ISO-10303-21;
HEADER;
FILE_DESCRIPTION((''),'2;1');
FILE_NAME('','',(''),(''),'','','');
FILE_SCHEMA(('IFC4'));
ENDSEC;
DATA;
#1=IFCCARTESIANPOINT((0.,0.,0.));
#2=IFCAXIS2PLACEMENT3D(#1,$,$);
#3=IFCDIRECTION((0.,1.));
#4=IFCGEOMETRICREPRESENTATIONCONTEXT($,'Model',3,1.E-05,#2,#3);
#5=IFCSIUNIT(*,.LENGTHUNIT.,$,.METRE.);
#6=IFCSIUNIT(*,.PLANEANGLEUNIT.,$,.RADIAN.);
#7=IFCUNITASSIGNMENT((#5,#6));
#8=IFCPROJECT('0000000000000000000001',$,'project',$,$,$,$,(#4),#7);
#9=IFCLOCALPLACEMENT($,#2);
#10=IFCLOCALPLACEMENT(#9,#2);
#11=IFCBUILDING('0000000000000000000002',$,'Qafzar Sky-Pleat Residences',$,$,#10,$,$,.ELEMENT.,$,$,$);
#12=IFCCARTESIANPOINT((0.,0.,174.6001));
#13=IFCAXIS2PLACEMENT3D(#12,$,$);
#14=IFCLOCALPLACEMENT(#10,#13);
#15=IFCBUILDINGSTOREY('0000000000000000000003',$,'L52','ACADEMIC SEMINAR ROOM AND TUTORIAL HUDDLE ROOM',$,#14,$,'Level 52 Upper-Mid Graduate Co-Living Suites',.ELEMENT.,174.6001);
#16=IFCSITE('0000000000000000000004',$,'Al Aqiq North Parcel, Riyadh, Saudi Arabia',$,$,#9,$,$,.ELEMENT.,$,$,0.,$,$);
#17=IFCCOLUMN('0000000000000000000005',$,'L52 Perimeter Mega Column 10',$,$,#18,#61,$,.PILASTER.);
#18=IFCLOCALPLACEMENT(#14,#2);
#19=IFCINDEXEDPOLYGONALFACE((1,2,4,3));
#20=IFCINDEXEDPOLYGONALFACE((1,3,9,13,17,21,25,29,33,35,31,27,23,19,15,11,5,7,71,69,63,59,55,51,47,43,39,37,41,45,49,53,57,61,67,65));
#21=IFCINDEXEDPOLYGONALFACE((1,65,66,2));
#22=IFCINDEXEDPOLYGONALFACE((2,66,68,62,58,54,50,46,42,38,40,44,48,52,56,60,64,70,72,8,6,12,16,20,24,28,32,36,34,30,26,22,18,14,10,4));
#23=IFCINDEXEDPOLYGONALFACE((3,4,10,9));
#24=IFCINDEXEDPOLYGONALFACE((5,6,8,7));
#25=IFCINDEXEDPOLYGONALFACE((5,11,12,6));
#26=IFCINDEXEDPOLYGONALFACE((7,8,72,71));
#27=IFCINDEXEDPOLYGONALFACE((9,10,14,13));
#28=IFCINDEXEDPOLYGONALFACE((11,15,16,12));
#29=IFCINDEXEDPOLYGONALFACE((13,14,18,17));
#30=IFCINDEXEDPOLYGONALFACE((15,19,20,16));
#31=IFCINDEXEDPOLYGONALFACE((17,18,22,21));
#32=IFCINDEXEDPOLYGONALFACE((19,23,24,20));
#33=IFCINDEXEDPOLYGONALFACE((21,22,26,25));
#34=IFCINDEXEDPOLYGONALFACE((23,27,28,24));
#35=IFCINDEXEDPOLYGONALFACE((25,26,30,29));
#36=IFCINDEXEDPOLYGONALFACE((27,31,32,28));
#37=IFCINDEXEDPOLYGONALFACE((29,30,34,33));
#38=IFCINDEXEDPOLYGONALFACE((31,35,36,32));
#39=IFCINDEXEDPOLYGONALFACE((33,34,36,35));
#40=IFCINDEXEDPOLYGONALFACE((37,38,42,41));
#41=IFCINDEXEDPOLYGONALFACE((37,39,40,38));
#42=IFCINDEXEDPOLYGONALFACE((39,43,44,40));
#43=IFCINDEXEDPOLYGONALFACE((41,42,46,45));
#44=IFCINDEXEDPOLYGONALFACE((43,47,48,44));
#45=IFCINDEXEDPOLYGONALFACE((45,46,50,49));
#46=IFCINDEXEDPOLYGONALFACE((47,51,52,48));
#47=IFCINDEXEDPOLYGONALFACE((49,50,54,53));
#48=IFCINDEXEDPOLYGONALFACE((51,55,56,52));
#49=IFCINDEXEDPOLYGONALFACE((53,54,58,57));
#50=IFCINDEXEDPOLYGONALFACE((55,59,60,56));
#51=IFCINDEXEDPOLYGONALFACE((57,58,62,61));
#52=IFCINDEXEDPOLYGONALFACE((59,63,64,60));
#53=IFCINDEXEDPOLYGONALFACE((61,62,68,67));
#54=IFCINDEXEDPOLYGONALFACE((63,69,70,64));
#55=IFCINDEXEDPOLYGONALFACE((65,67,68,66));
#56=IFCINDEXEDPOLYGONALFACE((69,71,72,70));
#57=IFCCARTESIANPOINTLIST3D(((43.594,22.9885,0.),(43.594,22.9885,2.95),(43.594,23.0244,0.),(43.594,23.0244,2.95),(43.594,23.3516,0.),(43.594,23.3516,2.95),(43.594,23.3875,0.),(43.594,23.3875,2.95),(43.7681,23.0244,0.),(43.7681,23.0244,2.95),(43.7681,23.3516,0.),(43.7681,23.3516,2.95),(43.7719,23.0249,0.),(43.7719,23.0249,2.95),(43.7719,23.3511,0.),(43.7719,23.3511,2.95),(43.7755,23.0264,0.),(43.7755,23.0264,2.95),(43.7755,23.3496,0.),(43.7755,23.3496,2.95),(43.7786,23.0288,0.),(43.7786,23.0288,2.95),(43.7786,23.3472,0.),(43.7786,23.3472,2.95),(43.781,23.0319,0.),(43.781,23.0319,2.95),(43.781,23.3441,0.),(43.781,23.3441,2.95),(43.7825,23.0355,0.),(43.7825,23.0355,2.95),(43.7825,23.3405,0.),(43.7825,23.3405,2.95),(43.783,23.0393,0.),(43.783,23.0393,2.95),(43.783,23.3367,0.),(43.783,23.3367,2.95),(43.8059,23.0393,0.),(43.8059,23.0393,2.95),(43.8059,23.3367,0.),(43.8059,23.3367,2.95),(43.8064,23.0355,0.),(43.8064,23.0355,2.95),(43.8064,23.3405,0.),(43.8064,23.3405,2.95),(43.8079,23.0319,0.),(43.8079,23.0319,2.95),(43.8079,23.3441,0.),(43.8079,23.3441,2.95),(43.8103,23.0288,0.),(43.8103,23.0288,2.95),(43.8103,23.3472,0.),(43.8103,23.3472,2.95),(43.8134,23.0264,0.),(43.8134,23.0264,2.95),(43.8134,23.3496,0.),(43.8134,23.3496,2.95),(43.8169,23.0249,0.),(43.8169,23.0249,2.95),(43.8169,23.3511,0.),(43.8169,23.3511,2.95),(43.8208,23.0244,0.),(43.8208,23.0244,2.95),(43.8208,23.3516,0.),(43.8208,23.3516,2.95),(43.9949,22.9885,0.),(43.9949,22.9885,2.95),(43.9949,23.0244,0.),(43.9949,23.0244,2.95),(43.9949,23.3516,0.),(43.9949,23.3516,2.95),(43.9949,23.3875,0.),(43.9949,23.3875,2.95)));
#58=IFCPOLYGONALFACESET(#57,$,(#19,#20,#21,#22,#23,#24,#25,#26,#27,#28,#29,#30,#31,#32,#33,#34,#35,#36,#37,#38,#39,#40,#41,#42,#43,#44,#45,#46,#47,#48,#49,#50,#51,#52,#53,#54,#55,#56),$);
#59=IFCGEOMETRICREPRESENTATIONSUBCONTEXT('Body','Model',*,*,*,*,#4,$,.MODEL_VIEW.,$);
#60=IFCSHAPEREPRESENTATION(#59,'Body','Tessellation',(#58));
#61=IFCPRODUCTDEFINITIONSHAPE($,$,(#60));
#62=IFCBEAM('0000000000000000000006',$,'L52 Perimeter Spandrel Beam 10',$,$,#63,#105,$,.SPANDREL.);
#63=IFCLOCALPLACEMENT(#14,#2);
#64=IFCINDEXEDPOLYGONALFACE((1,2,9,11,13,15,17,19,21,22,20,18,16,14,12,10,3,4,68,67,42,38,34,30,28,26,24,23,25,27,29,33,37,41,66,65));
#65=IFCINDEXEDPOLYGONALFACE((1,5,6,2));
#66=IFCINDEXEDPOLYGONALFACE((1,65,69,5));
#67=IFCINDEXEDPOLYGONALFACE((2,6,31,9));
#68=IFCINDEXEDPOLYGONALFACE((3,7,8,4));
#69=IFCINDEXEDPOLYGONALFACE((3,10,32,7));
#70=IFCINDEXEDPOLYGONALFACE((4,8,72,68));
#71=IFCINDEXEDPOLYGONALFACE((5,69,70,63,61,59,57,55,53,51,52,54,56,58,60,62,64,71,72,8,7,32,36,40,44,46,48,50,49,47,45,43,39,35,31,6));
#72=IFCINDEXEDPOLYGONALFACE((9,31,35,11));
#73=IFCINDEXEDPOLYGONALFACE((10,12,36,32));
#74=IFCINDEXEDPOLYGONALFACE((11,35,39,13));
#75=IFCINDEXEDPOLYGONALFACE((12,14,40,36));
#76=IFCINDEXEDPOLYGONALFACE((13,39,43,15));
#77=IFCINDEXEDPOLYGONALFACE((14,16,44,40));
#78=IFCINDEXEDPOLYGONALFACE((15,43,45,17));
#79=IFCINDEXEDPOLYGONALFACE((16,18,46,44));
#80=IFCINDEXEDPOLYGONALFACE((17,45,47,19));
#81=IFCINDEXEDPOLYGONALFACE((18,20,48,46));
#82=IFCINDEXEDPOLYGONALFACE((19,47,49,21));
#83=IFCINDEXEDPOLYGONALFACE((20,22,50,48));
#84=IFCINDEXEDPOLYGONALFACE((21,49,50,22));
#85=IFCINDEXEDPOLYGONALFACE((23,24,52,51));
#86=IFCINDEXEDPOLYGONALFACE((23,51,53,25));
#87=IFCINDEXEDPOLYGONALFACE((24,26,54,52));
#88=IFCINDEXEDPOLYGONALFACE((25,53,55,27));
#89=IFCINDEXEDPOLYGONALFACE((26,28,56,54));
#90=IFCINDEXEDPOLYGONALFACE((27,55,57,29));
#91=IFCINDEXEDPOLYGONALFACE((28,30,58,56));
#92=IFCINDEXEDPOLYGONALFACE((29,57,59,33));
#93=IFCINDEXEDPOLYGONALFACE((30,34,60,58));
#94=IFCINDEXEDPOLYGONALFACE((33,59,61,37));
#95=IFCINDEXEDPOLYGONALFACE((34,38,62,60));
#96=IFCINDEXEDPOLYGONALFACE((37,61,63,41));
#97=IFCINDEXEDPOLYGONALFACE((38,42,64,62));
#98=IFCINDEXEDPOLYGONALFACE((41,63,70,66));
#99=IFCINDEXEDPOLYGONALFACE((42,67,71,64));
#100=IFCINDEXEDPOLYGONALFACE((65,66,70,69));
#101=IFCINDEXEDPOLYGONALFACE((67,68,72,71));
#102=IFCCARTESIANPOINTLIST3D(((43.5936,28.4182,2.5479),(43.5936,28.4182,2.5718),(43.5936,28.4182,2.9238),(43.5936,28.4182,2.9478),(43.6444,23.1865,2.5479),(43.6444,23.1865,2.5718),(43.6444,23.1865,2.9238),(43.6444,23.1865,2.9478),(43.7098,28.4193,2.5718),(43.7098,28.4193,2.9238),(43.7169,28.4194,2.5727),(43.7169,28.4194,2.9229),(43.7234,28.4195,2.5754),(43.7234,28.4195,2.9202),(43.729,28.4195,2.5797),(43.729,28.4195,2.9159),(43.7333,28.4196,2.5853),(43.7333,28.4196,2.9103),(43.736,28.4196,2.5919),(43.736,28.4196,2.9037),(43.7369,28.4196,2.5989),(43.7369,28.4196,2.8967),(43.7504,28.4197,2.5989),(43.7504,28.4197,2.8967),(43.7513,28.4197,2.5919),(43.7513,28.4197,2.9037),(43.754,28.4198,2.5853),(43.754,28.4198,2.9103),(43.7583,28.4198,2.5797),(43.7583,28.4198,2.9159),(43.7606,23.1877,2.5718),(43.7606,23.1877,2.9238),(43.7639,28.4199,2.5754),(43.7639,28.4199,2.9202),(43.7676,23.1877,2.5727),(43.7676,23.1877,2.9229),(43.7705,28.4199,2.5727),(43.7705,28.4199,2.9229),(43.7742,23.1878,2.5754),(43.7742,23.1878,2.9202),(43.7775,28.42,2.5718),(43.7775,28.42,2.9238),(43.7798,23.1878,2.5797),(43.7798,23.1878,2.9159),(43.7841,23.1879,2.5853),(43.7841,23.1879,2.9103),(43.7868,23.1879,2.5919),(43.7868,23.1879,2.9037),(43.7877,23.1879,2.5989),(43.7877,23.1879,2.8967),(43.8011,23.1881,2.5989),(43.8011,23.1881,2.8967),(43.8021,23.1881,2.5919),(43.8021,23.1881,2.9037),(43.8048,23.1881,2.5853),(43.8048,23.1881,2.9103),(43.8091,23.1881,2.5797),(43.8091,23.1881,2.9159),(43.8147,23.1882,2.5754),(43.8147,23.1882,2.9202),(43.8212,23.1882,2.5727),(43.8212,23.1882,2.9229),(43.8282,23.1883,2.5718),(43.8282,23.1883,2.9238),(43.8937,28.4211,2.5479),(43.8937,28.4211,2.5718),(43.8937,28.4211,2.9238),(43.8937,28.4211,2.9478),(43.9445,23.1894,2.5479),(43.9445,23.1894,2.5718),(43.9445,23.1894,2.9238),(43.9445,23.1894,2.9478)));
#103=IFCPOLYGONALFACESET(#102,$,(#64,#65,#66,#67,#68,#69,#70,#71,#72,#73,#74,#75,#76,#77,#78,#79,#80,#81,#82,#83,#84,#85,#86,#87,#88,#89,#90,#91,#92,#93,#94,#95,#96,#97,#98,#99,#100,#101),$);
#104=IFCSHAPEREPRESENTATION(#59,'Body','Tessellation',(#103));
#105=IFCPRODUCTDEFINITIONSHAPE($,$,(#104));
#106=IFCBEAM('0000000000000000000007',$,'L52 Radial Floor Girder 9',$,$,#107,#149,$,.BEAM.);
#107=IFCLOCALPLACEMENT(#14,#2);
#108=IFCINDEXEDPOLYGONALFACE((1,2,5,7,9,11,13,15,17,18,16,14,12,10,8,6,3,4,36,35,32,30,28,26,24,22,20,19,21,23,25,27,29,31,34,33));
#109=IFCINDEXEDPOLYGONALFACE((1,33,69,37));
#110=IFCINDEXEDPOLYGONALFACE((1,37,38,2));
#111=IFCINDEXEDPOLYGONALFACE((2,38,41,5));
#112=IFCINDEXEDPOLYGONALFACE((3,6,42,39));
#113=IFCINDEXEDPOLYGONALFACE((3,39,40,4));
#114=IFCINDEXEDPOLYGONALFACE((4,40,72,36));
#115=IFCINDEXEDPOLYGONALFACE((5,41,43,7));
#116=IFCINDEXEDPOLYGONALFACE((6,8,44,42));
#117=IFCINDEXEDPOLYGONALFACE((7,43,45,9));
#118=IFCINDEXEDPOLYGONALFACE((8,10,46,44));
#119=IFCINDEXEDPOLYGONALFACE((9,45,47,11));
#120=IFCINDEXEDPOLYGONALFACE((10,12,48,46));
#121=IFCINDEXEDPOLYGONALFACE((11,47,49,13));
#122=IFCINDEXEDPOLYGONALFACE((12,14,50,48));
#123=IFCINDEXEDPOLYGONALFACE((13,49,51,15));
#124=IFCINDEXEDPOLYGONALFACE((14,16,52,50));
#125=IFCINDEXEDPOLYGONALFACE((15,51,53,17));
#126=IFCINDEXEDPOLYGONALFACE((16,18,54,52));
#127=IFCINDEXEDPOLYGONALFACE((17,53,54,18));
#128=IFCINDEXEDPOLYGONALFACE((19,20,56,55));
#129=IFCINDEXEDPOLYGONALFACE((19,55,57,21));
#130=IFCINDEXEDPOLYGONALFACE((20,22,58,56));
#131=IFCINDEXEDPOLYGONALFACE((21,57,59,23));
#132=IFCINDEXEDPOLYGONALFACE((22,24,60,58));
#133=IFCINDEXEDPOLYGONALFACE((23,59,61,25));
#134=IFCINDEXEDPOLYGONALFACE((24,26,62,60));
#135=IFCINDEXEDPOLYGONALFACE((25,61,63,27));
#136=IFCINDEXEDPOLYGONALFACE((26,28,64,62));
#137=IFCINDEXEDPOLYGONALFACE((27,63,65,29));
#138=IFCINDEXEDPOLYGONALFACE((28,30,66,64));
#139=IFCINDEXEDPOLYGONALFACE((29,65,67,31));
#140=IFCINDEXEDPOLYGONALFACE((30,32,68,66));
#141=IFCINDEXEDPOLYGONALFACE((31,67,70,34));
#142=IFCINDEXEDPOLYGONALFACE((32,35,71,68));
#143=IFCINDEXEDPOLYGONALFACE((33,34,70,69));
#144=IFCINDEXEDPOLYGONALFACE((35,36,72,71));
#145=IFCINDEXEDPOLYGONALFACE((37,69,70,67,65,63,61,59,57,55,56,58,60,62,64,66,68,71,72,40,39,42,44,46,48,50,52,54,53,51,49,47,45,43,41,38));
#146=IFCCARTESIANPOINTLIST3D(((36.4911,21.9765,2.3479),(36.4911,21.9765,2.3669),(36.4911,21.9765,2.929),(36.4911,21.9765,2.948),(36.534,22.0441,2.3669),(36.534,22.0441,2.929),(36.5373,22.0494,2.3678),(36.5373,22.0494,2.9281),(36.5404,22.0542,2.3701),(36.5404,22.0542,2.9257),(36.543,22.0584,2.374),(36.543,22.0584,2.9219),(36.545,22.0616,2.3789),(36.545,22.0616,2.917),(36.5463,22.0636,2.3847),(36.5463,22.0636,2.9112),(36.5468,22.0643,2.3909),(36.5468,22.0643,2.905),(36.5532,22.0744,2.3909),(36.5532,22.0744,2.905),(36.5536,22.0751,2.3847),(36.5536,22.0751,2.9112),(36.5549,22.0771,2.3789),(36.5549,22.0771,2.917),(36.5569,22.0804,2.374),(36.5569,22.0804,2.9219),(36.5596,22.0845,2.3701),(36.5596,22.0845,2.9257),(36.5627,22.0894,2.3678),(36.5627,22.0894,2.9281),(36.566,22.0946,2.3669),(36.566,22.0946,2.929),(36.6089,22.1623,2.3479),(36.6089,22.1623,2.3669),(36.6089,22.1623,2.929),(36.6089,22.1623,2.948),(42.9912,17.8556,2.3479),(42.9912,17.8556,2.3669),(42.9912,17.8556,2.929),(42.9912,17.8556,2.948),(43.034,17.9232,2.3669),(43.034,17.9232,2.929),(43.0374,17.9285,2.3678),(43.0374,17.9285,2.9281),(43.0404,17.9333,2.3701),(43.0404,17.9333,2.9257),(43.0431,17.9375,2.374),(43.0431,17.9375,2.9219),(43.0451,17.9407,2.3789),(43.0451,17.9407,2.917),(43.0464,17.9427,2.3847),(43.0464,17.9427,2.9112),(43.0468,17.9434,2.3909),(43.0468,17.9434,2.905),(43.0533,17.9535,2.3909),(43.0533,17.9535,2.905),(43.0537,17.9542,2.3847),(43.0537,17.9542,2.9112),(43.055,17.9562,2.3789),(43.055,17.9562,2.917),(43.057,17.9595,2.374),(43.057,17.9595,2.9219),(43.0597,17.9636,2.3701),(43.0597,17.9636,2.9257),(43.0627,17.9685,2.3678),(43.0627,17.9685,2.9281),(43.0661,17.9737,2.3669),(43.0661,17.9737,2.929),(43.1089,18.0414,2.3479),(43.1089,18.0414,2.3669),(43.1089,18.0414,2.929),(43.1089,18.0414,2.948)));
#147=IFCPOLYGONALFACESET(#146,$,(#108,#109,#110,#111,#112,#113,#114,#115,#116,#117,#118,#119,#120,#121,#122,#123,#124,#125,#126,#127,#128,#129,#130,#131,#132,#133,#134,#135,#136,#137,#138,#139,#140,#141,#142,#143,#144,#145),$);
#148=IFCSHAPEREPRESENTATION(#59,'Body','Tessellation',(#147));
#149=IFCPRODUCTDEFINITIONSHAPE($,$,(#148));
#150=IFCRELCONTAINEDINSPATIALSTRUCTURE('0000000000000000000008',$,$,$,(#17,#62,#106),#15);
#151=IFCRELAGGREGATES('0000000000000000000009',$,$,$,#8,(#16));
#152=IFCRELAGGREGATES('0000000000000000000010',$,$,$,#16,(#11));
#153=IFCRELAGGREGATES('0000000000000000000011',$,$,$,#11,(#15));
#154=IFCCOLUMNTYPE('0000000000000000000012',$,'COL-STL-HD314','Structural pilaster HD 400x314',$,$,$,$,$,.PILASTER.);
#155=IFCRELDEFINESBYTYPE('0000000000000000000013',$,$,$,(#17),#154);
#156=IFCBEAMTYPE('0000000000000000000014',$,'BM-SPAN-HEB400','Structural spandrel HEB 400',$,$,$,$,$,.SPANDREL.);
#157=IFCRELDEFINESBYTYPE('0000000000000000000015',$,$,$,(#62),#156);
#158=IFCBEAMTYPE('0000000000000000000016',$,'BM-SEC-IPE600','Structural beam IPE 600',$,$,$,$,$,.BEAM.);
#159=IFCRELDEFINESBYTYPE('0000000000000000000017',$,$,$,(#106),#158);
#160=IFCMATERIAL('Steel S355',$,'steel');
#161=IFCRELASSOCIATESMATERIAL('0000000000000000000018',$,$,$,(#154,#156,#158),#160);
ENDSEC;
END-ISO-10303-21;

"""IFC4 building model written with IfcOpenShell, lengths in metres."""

from ifc_helpers import new_model, si_unit, direction, frame, origin, origin_2d, place, context, subcontext, project, spatial, i_section, extrude, source, transform, mapped, material, material_profile, profile_set, type_object, element, save


model = new_model("IFC4")

# Units and contexts
model_context = context("Model", 3, precision=1e-05, world=origin(), true_north=direction((0.0, 1.0)))
body_context = subcontext(model_context, "Body", "Model", "MODEL_VIEW")
ifc_project = project(units=[si_unit("LENGTHUNIT", "METRE"), si_unit("PLANEANGLEUNIT", "RADIAN")], contexts=[model_context])

# Site, building, storey
site_placement = place(None, origin())
site = spatial("IfcSite", under=ifc_project, at=site_placement, Name="Al Aqiq North Parcel, Riyadh, Saudi Arabia", CompositionType="ELEMENT", RefElevation=0.0)
building_placement = place(site_placement, origin())
building = spatial("IfcBuilding", under=site, at=building_placement, Name="Qafzar Sky-Pleat Residences", CompositionType="ELEMENT")
storey_placement = place(building_placement, frame((0.0, 0.0, 174.6001)))
storey = spatial("IfcBuildingStorey", under=building, at=storey_placement, Name="L52", Description="ACADEMIC SEMINAR ROOM AND TUTORIAL HUDDLE ROOM", LongName="Level 52 Upper-Mid Graduate Co-Living Suites", CompositionType="ELEMENT", Elevation=174.6001)

# Column
ifc_material_1 = material(Name="Steel S355", Category="steel")
ifc_material_profile_1 = material_profile(ifc_material_1, i_section(OverallWidth=0.4009, OverallDepth=0.3989, WebThickness=0.0229, FlangeThickness=0.0359, FilletRadius=0.0149, at=origin_2d()), Name="HD 400x314")
ifc_profile_set_1 = profile_set([ifc_material_profile_1], Name="Steel S355")
column_type = type_object("IfcColumnType", Name="COL-STL-HD314", Description="Structural pilaster HD 400x314", PredefinedType="PILASTER", material=ifc_profile_set_1)
shared_shape_1 = source(origin(), body_context, "Body", "SweptSolid", [
    extrude(i_section(OverallWidth=0.4009, OverallDepth=0.3989, WebThickness=0.0229, FlangeThickness=0.0359, FilletRadius=0.0149, at=origin_2d()), origin(), (0.0, 0.0, 1.0), 2.95),
])
column_placement = place(storey_placement, frame((43.7944, 23.188, 0.0), z_axis=(0.0, 0.0, 1.0), x_axis=(1.0, 0.0, 0.0)))
element("IfcColumn", 1, at=column_placement, inside=storey, type_object=column_type, Name="L52 Perimeter Mega Column 10", PredefinedType="PILASTER", context=body_context, shape_type="MappedRepresentation", body=[
    mapped(shared_shape_1, transform((0.0, 0.0, 0.0), x_axis=(1.0, 0.0, 0.0), y_axis=(0.0, 1.0, 0.0), z_axis=(0.0, 0.0, 1.0), scale=1.0)),
])

# Beams
ifc_material_profile_2 = material_profile(ifc_material_1, i_section(OverallWidth=0.3, OverallDepth=0.3999, WebThickness=0.0134, FlangeThickness=0.0239, FilletRadius=0.0271, at=origin_2d()), Name="HEB 400")
ifc_profile_set_2 = profile_set([ifc_material_profile_2], Name="Steel S355")
beam_type_1 = type_object("IfcBeamType", Name="BM-SPAN-HEB400", Description="Structural spandrel HEB 400", PredefinedType="SPANDREL", material=ifc_profile_set_2)
shared_shape_2 = source(origin(), body_context, "Body", "SweptSolid", [
    extrude(i_section(OverallWidth=0.3, OverallDepth=0.3999, WebThickness=0.0134, FlangeThickness=0.0239, FilletRadius=0.0271, at=origin_2d()), origin(), (0.0, 0.0, 1.0), 5.2319),
])
beam_1_placement = place(storey_placement, frame((43.7944, 23.188, 2.7478), z_axis=(-0.009706, 0.999953, 0.0), x_axis=(-0.999953, -0.009706, 0.0)))
element("IfcBeam", 2, at=beam_1_placement, inside=storey, type_object=beam_type_1, Name="L52 Perimeter Spandrel Beam 10", PredefinedType="SPANDREL", context=body_context, shape_type="MappedRepresentation", body=[
    mapped(shared_shape_2, transform((0.0, 0.0, 0.0), x_axis=(1.0, 0.0, 0.0), y_axis=(0.0, 1.0, 0.0), z_axis=(0.0, 0.0, 1.0), scale=1.0)),
])
ifc_material_profile_3 = material_profile(ifc_material_1, i_section(OverallWidth=0.22, OverallDepth=0.6001, WebThickness=0.012, FlangeThickness=0.019, FilletRadius=0.0239, at=origin_2d()), Name="IPE 600")
ifc_profile_set_3 = profile_set([ifc_material_profile_3], Name="Steel S355")
beam_type_2 = type_object("IfcBeamType", Name="BM-SEC-IPE600", Description="Structural beam IPE 600", PredefinedType="BEAM", material=ifc_profile_set_3)
shared_shape_3 = source(origin(), body_context, "Body", "SweptSolid", [
    extrude(i_section(OverallWidth=0.22, OverallDepth=0.6001, WebThickness=0.012, FlangeThickness=0.019, FilletRadius=0.0239, at=origin_2d()), origin(), (0.0, 0.0, 1.0), 7.6963),
])
beam_2_placement = place(storey_placement, frame((43.05, 17.9485, 2.6479), z_axis=(-0.844573, 0.53544, 0.0), x_axis=(-0.53544, -0.844573, 0.0)))
element("IfcBeam", 3, at=beam_2_placement, inside=storey, type_object=beam_type_2, Name="L52 Radial Floor Girder 9", PredefinedType="BEAM", context=body_context, shape_type="MappedRepresentation", body=[
    mapped(shared_shape_3, transform((0.0, 0.0, 0.0), x_axis=(1.0, 0.0, 0.0), y_axis=(0.0, 1.0, 0.0), z_axis=(0.0, 0.0, 1.0), scale=1.0)),
])

save(model, "model.ifc")
